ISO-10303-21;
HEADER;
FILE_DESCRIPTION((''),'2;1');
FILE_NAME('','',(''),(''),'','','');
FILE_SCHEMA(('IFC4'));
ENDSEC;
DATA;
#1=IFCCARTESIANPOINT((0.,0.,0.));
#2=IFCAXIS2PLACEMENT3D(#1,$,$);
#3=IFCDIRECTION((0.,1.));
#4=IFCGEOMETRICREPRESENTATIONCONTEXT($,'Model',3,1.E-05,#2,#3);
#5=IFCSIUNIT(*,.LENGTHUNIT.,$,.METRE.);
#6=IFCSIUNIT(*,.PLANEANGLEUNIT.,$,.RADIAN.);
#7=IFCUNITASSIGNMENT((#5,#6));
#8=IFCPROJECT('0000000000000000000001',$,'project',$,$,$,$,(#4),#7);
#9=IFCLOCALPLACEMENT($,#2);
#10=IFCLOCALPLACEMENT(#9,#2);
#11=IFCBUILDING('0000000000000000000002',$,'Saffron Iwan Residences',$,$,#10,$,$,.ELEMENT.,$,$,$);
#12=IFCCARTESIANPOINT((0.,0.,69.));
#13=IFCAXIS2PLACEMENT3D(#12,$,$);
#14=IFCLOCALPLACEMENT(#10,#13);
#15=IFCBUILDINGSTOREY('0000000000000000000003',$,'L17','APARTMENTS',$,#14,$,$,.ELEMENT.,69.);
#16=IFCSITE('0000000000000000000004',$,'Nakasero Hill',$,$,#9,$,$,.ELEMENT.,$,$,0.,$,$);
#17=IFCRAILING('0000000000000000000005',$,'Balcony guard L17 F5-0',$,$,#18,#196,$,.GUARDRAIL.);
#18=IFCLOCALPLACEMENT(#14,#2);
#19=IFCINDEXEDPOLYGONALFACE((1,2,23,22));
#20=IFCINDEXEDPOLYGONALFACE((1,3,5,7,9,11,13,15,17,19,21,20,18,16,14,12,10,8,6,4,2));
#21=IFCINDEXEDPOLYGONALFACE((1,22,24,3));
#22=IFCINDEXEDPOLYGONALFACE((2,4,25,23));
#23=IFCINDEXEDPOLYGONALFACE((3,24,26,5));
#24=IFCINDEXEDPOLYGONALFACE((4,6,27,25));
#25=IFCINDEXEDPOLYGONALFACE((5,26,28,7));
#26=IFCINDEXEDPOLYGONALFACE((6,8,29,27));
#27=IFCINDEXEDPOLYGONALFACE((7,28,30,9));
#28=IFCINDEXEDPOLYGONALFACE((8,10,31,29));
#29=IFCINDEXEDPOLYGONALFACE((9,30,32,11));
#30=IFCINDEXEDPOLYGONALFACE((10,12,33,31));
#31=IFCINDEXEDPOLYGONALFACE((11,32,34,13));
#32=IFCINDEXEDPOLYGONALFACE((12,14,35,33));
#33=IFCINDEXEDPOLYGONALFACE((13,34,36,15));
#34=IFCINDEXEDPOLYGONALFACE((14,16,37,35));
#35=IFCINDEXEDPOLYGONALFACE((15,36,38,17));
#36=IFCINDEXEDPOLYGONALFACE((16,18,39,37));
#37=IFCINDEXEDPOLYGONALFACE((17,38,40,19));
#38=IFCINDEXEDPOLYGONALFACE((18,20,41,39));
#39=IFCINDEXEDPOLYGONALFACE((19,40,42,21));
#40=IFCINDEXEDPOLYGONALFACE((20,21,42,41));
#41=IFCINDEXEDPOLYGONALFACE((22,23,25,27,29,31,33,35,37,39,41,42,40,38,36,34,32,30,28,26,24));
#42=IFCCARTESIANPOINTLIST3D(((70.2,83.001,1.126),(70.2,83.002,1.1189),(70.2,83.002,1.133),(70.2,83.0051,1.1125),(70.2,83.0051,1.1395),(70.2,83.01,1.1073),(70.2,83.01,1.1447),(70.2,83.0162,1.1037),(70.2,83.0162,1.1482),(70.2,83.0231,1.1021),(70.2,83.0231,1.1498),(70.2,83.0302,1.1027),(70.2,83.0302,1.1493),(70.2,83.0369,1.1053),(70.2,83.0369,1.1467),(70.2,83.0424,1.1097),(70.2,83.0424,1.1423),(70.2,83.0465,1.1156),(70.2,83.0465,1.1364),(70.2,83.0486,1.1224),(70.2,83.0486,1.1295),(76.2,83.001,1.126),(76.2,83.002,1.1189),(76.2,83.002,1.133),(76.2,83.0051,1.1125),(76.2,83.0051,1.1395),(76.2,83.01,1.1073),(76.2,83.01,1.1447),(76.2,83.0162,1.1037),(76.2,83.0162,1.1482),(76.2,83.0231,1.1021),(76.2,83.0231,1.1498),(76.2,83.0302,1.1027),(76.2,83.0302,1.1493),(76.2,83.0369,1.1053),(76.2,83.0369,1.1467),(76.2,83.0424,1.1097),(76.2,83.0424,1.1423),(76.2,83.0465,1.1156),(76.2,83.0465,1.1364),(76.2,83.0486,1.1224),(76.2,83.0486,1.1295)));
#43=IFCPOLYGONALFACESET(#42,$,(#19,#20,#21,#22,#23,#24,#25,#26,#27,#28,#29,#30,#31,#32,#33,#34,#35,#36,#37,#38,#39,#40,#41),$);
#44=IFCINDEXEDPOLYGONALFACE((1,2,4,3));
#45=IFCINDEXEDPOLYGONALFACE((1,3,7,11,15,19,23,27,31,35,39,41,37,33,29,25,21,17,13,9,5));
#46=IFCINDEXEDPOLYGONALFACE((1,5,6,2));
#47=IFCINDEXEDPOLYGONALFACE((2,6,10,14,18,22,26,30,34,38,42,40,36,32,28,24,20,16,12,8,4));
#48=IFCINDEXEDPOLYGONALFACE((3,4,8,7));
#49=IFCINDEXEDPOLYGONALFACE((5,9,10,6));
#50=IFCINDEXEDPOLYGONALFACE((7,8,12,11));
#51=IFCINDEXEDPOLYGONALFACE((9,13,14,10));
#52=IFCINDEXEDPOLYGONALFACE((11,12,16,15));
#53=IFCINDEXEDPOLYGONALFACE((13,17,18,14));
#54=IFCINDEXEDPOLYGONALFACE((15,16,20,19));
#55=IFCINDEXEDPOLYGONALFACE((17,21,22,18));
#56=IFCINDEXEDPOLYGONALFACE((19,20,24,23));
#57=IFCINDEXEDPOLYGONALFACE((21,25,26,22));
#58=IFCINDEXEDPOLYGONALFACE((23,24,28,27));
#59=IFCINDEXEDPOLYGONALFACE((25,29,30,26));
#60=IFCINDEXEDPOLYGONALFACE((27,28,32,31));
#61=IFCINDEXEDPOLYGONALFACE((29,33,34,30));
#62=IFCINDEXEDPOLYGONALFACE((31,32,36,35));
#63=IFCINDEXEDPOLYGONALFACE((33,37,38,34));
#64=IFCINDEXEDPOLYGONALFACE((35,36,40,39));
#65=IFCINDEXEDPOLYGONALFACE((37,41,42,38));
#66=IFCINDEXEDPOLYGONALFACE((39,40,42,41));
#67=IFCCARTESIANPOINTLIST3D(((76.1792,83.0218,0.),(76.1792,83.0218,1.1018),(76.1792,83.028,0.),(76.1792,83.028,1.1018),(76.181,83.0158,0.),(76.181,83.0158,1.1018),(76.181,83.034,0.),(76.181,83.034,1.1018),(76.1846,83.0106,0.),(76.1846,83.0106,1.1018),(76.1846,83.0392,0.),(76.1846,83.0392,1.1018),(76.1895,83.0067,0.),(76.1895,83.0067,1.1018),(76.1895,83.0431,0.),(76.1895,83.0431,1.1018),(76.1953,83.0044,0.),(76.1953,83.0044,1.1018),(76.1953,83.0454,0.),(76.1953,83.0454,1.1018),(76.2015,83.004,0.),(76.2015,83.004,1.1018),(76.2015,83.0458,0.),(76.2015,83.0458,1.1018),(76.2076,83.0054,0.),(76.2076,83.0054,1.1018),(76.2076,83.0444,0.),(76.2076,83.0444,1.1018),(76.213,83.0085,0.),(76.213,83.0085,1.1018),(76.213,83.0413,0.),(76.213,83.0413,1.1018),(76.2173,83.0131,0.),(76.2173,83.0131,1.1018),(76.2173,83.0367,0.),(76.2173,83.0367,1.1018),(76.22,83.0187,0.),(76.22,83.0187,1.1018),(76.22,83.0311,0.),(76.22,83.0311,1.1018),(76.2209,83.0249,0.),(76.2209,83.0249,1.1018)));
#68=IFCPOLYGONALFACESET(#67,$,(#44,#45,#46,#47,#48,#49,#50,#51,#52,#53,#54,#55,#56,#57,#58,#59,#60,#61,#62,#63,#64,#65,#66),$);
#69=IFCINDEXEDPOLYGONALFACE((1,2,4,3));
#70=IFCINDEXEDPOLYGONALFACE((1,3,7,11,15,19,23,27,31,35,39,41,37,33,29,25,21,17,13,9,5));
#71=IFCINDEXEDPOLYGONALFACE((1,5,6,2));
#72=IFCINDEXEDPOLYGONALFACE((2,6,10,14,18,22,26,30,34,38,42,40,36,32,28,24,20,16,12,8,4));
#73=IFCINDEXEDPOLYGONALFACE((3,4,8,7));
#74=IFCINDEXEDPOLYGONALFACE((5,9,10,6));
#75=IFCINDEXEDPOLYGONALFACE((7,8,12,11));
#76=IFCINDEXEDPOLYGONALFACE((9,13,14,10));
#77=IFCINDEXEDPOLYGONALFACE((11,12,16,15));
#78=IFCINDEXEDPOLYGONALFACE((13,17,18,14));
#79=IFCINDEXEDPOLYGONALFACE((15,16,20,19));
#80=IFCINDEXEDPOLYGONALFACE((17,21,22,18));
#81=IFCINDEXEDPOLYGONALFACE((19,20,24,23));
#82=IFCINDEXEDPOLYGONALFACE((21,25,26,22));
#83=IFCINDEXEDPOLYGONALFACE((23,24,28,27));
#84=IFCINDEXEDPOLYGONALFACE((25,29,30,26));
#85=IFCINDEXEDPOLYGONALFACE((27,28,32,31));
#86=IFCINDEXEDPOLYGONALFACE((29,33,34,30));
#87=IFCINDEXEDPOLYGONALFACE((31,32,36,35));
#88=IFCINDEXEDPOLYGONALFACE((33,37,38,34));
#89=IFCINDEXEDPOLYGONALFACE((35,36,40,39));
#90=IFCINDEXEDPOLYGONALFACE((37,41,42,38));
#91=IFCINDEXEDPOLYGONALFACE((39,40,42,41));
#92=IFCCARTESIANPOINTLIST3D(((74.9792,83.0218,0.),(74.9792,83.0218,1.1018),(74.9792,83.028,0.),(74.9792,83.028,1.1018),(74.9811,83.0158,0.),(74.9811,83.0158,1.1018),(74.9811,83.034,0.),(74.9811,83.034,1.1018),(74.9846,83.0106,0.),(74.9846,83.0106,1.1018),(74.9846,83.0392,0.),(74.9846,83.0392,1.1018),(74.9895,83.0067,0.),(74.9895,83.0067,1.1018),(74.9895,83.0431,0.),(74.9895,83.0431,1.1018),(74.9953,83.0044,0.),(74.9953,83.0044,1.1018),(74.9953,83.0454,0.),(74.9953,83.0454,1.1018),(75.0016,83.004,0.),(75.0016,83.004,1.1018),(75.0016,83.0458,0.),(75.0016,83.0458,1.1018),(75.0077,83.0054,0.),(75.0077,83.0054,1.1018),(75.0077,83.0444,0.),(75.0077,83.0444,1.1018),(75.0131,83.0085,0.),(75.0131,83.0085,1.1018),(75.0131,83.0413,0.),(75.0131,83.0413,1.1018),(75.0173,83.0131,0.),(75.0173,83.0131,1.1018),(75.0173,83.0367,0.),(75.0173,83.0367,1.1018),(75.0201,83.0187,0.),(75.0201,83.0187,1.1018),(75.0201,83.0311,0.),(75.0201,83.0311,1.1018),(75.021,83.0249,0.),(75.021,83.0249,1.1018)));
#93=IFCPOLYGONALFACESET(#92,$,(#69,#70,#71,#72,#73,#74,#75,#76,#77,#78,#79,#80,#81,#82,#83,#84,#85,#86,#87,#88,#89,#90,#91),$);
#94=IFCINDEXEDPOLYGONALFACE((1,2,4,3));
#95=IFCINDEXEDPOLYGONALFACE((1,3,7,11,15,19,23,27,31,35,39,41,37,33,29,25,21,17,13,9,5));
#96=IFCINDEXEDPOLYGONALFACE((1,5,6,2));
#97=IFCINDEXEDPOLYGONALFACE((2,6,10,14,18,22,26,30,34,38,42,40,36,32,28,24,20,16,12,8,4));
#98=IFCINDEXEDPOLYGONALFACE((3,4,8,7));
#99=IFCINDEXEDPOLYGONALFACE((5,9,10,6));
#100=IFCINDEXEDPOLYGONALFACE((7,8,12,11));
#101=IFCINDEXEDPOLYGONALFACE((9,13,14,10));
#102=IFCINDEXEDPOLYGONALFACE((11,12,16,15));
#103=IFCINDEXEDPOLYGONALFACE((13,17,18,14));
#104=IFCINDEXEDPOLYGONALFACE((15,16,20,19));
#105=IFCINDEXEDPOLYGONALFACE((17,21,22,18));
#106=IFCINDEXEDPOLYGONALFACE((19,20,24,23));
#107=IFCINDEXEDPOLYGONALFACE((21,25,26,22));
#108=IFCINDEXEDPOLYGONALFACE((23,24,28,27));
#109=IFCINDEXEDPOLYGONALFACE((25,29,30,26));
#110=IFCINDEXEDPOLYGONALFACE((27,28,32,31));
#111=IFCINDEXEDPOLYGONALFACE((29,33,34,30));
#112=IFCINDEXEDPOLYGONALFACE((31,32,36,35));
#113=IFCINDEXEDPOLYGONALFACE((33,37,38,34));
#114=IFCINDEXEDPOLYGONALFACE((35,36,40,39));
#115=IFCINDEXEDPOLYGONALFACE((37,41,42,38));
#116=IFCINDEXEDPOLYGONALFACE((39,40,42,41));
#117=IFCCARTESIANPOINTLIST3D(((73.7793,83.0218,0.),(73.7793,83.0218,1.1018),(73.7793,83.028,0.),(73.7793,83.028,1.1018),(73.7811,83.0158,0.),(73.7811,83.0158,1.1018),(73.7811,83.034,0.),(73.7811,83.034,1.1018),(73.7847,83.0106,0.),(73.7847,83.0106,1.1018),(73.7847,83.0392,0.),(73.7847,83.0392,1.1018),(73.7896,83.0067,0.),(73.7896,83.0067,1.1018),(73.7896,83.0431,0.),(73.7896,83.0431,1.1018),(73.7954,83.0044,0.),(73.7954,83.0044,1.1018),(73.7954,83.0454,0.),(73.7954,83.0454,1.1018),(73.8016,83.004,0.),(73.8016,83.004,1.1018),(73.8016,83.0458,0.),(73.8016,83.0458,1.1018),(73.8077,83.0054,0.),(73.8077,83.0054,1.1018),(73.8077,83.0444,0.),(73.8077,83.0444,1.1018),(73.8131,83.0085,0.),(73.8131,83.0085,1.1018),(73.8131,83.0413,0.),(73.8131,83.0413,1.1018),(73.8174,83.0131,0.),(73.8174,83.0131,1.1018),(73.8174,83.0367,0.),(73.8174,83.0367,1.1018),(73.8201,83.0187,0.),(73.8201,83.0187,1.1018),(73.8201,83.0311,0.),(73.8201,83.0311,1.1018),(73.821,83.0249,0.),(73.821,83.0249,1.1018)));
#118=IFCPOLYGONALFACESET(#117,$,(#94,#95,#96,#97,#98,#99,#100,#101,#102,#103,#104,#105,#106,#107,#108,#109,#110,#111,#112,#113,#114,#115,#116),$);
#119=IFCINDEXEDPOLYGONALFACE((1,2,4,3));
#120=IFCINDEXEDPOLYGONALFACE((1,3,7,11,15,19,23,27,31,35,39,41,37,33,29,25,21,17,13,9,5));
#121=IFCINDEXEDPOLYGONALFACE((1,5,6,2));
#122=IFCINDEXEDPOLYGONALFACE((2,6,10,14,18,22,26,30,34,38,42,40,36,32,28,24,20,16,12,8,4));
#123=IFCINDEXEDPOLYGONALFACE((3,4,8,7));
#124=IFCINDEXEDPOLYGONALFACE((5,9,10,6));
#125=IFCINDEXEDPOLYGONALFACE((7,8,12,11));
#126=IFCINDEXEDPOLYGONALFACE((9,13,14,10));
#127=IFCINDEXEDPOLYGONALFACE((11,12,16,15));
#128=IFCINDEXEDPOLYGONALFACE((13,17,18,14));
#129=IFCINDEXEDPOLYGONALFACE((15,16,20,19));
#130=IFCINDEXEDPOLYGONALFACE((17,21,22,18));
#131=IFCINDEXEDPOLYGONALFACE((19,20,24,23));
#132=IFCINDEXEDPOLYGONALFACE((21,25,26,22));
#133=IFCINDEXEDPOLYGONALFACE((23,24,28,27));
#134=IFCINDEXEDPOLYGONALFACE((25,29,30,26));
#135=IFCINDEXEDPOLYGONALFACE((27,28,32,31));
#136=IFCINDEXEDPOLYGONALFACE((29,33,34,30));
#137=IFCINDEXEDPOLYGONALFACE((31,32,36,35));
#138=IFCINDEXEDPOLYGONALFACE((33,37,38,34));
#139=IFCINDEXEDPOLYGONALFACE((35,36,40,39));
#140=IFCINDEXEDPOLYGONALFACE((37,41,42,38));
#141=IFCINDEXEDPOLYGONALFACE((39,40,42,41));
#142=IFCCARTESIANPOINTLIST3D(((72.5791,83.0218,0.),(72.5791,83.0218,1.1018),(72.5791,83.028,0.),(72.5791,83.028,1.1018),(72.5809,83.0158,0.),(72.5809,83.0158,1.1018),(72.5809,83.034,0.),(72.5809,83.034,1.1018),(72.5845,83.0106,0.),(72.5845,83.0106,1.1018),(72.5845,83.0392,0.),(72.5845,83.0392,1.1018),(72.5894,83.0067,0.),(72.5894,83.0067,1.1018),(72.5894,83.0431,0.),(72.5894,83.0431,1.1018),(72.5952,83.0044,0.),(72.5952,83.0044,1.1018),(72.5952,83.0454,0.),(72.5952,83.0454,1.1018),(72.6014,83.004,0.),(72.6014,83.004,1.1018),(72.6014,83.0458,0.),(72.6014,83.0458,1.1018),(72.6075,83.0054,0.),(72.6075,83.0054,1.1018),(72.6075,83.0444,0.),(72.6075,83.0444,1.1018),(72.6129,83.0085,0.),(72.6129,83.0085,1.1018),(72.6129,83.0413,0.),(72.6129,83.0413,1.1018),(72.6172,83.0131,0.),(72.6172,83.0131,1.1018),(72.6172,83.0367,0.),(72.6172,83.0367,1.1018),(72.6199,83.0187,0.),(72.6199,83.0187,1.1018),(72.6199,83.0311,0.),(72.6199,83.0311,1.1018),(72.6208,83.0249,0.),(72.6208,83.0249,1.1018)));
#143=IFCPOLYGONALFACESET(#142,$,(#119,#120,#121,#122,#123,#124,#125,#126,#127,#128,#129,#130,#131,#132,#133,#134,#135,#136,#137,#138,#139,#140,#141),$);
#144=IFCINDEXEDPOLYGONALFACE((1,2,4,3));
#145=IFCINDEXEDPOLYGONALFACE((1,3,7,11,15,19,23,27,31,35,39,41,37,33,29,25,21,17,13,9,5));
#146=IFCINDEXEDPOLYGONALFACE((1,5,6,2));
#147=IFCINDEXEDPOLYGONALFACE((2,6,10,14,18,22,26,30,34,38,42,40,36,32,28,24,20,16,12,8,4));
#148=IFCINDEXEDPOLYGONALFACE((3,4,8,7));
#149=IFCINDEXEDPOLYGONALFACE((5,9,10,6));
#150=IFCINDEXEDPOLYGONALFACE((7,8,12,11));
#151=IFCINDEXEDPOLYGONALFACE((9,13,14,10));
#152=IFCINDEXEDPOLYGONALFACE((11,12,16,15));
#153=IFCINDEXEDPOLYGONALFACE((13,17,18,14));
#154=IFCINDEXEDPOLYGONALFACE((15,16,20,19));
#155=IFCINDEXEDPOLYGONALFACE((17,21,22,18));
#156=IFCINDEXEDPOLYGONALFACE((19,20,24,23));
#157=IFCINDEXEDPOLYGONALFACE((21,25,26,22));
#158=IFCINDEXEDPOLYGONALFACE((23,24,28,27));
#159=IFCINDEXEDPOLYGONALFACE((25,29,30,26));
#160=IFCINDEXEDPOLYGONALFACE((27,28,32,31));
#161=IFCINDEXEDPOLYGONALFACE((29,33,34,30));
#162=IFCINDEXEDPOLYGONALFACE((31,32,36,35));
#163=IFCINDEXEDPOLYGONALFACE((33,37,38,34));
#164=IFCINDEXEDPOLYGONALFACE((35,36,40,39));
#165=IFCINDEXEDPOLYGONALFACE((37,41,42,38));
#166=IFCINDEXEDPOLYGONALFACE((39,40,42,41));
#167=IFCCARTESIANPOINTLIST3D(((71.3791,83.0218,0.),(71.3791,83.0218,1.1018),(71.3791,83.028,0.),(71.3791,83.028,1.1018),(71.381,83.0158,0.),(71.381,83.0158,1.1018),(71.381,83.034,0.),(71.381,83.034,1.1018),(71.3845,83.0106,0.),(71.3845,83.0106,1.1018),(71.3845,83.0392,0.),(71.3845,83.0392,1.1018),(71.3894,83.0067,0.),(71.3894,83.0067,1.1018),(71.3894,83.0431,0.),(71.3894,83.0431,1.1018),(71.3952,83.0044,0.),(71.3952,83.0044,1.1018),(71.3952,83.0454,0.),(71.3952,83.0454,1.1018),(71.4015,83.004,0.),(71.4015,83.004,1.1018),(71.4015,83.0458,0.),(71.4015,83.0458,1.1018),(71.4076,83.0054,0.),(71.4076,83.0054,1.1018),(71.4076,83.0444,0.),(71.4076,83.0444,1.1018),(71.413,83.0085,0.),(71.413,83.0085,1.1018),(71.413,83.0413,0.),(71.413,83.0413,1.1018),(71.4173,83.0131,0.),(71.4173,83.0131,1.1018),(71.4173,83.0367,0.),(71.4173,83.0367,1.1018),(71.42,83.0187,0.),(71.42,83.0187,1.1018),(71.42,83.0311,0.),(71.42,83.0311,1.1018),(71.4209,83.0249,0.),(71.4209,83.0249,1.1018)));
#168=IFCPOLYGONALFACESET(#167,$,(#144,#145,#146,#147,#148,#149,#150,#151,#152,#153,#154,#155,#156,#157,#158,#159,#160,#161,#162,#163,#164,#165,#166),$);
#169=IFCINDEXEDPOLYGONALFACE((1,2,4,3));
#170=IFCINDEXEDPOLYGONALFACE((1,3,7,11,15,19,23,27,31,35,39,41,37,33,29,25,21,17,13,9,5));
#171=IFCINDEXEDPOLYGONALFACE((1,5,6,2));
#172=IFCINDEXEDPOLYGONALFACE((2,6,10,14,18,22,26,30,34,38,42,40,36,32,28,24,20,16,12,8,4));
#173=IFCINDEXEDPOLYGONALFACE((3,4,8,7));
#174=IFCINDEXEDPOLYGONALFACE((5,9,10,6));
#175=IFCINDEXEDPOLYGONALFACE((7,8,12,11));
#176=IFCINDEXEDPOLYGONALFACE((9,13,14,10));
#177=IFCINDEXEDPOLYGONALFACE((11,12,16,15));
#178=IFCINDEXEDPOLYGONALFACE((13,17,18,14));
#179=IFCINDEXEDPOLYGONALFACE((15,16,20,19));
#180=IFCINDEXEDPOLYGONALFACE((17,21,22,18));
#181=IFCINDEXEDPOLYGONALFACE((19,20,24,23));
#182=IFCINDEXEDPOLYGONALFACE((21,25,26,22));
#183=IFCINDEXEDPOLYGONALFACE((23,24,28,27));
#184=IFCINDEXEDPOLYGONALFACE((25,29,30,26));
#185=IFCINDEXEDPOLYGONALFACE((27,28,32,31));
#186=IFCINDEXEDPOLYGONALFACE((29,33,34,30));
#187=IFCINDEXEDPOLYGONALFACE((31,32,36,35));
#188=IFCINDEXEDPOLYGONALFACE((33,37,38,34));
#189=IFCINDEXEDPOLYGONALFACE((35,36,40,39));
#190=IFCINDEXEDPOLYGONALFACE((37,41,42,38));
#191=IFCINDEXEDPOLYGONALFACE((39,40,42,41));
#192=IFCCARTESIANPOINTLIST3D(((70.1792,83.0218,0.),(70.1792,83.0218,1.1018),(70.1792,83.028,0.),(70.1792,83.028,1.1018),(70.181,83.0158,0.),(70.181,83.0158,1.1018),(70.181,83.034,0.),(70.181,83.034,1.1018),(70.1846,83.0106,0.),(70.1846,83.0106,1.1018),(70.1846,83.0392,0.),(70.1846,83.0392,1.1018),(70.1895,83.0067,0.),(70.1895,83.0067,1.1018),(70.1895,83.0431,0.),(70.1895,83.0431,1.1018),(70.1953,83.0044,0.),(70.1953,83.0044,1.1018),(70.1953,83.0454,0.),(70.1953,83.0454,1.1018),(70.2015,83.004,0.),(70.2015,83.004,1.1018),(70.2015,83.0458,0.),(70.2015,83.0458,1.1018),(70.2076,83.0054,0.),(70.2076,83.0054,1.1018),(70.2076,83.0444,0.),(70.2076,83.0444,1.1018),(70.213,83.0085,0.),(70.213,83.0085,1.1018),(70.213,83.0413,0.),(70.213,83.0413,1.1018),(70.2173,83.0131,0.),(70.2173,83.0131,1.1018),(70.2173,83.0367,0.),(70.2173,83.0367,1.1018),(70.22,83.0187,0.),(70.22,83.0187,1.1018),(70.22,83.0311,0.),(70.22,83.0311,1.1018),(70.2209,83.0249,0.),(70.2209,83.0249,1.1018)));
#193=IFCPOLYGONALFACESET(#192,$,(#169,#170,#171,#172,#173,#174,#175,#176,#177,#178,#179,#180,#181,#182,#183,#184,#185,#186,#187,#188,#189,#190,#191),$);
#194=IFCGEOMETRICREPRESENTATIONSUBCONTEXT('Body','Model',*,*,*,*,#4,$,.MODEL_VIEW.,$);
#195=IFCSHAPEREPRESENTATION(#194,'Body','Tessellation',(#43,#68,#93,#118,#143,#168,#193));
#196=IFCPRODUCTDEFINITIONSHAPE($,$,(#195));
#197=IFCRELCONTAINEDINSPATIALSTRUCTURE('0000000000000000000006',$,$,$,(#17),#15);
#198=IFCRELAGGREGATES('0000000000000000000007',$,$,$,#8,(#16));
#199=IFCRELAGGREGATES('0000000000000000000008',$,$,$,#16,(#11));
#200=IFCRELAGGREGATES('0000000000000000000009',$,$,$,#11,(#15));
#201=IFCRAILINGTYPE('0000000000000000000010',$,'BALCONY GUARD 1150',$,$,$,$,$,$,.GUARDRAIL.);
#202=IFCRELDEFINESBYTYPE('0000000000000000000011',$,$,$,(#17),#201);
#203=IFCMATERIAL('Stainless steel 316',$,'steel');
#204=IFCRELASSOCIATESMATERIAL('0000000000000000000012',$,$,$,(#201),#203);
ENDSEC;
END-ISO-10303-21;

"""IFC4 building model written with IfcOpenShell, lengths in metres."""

from ifc_helpers import new_model, si_unit, direction, frame, origin, origin_2d, place, context, subcontext, project, spatial, circle, extrude, material, type_object, element, save


model = new_model("IFC4")

# Units and contexts
model_context = context("Model", 3, precision=1e-05, world=origin(), true_north=direction((0.0, 1.0)))
body_context = subcontext(model_context, "Body", "Model", "MODEL_VIEW")
ifc_project = project(units=[si_unit("LENGTHUNIT", "METRE"), si_unit("PLANEANGLEUNIT", "RADIAN")], contexts=[model_context])

# Site, building, storey
site_placement = place(None, origin())
site = spatial("IfcSite", under=ifc_project, at=site_placement, Name="Nakasero Hill", CompositionType="ELEMENT", RefElevation=0.0)
building_placement = place(site_placement, origin())
building = spatial("IfcBuilding", under=site, at=building_placement, Name="Saffron Iwan Residences", CompositionType="ELEMENT")
storey_placement = place(building_placement, frame((0.0, 0.0, 69.0)))
storey = spatial("IfcBuildingStorey", under=building, at=storey_placement, Name="L17", Description="APARTMENTS", CompositionType="ELEMENT", Elevation=69.0)

# Railing
ifc_material_1 = material(Name="Stainless steel 316", Category="steel")
railing_type = type_object("IfcRailingType", Name="BALCONY GUARD 1150", PredefinedType="GUARDRAIL", material=ifc_material_1)
railing_placement = place(storey_placement, frame((76.2, 83.0249, 0.0)))
element("IfcRailing", 1, at=railing_placement, inside=storey, type_object=railing_type, Name="Balcony guard L17 F5-0", PredefinedType="GUARDRAIL", context=body_context, shape_type="SweptSolid", body=[
    extrude(circle(Radius=0.0239, at=origin_2d()), frame((0.0, 0.0, 1.126), z_axis=(-1.0, 0.0, 0.0), x_axis=(0.0, -1.0, 0.0)), (0.0, 0.0, 1.0), 6.0),
    extrude(circle(Radius=0.021, at=origin_2d()), origin(), (0.0, 0.0, 1.0), 1.1018),
    extrude(circle(Radius=0.021, at=origin_2d()), frame((-1.2, 0.0, 0.0)), (0.0, 0.0, 1.0), 1.1018),
    extrude(circle(Radius=0.021, at=origin_2d()), frame((-2.3999, 0.0, 0.0)), (0.0, 0.0, 1.0), 1.1018),
    extrude(circle(Radius=0.021, at=origin_2d()), frame((-3.6001, 0.0, 0.0)), (0.0, 0.0, 1.0), 1.1018),
    extrude(circle(Radius=0.021, at=origin_2d()), frame((-4.8, 0.0, 0.0)), (0.0, 0.0, 1.0), 1.1018),
    extrude(circle(Radius=0.021, at=origin_2d()), frame((-6.0, 0.0, 0.0)), (0.0, 0.0, 1.0), 1.1018),
])

save(model, "model.ifc")
